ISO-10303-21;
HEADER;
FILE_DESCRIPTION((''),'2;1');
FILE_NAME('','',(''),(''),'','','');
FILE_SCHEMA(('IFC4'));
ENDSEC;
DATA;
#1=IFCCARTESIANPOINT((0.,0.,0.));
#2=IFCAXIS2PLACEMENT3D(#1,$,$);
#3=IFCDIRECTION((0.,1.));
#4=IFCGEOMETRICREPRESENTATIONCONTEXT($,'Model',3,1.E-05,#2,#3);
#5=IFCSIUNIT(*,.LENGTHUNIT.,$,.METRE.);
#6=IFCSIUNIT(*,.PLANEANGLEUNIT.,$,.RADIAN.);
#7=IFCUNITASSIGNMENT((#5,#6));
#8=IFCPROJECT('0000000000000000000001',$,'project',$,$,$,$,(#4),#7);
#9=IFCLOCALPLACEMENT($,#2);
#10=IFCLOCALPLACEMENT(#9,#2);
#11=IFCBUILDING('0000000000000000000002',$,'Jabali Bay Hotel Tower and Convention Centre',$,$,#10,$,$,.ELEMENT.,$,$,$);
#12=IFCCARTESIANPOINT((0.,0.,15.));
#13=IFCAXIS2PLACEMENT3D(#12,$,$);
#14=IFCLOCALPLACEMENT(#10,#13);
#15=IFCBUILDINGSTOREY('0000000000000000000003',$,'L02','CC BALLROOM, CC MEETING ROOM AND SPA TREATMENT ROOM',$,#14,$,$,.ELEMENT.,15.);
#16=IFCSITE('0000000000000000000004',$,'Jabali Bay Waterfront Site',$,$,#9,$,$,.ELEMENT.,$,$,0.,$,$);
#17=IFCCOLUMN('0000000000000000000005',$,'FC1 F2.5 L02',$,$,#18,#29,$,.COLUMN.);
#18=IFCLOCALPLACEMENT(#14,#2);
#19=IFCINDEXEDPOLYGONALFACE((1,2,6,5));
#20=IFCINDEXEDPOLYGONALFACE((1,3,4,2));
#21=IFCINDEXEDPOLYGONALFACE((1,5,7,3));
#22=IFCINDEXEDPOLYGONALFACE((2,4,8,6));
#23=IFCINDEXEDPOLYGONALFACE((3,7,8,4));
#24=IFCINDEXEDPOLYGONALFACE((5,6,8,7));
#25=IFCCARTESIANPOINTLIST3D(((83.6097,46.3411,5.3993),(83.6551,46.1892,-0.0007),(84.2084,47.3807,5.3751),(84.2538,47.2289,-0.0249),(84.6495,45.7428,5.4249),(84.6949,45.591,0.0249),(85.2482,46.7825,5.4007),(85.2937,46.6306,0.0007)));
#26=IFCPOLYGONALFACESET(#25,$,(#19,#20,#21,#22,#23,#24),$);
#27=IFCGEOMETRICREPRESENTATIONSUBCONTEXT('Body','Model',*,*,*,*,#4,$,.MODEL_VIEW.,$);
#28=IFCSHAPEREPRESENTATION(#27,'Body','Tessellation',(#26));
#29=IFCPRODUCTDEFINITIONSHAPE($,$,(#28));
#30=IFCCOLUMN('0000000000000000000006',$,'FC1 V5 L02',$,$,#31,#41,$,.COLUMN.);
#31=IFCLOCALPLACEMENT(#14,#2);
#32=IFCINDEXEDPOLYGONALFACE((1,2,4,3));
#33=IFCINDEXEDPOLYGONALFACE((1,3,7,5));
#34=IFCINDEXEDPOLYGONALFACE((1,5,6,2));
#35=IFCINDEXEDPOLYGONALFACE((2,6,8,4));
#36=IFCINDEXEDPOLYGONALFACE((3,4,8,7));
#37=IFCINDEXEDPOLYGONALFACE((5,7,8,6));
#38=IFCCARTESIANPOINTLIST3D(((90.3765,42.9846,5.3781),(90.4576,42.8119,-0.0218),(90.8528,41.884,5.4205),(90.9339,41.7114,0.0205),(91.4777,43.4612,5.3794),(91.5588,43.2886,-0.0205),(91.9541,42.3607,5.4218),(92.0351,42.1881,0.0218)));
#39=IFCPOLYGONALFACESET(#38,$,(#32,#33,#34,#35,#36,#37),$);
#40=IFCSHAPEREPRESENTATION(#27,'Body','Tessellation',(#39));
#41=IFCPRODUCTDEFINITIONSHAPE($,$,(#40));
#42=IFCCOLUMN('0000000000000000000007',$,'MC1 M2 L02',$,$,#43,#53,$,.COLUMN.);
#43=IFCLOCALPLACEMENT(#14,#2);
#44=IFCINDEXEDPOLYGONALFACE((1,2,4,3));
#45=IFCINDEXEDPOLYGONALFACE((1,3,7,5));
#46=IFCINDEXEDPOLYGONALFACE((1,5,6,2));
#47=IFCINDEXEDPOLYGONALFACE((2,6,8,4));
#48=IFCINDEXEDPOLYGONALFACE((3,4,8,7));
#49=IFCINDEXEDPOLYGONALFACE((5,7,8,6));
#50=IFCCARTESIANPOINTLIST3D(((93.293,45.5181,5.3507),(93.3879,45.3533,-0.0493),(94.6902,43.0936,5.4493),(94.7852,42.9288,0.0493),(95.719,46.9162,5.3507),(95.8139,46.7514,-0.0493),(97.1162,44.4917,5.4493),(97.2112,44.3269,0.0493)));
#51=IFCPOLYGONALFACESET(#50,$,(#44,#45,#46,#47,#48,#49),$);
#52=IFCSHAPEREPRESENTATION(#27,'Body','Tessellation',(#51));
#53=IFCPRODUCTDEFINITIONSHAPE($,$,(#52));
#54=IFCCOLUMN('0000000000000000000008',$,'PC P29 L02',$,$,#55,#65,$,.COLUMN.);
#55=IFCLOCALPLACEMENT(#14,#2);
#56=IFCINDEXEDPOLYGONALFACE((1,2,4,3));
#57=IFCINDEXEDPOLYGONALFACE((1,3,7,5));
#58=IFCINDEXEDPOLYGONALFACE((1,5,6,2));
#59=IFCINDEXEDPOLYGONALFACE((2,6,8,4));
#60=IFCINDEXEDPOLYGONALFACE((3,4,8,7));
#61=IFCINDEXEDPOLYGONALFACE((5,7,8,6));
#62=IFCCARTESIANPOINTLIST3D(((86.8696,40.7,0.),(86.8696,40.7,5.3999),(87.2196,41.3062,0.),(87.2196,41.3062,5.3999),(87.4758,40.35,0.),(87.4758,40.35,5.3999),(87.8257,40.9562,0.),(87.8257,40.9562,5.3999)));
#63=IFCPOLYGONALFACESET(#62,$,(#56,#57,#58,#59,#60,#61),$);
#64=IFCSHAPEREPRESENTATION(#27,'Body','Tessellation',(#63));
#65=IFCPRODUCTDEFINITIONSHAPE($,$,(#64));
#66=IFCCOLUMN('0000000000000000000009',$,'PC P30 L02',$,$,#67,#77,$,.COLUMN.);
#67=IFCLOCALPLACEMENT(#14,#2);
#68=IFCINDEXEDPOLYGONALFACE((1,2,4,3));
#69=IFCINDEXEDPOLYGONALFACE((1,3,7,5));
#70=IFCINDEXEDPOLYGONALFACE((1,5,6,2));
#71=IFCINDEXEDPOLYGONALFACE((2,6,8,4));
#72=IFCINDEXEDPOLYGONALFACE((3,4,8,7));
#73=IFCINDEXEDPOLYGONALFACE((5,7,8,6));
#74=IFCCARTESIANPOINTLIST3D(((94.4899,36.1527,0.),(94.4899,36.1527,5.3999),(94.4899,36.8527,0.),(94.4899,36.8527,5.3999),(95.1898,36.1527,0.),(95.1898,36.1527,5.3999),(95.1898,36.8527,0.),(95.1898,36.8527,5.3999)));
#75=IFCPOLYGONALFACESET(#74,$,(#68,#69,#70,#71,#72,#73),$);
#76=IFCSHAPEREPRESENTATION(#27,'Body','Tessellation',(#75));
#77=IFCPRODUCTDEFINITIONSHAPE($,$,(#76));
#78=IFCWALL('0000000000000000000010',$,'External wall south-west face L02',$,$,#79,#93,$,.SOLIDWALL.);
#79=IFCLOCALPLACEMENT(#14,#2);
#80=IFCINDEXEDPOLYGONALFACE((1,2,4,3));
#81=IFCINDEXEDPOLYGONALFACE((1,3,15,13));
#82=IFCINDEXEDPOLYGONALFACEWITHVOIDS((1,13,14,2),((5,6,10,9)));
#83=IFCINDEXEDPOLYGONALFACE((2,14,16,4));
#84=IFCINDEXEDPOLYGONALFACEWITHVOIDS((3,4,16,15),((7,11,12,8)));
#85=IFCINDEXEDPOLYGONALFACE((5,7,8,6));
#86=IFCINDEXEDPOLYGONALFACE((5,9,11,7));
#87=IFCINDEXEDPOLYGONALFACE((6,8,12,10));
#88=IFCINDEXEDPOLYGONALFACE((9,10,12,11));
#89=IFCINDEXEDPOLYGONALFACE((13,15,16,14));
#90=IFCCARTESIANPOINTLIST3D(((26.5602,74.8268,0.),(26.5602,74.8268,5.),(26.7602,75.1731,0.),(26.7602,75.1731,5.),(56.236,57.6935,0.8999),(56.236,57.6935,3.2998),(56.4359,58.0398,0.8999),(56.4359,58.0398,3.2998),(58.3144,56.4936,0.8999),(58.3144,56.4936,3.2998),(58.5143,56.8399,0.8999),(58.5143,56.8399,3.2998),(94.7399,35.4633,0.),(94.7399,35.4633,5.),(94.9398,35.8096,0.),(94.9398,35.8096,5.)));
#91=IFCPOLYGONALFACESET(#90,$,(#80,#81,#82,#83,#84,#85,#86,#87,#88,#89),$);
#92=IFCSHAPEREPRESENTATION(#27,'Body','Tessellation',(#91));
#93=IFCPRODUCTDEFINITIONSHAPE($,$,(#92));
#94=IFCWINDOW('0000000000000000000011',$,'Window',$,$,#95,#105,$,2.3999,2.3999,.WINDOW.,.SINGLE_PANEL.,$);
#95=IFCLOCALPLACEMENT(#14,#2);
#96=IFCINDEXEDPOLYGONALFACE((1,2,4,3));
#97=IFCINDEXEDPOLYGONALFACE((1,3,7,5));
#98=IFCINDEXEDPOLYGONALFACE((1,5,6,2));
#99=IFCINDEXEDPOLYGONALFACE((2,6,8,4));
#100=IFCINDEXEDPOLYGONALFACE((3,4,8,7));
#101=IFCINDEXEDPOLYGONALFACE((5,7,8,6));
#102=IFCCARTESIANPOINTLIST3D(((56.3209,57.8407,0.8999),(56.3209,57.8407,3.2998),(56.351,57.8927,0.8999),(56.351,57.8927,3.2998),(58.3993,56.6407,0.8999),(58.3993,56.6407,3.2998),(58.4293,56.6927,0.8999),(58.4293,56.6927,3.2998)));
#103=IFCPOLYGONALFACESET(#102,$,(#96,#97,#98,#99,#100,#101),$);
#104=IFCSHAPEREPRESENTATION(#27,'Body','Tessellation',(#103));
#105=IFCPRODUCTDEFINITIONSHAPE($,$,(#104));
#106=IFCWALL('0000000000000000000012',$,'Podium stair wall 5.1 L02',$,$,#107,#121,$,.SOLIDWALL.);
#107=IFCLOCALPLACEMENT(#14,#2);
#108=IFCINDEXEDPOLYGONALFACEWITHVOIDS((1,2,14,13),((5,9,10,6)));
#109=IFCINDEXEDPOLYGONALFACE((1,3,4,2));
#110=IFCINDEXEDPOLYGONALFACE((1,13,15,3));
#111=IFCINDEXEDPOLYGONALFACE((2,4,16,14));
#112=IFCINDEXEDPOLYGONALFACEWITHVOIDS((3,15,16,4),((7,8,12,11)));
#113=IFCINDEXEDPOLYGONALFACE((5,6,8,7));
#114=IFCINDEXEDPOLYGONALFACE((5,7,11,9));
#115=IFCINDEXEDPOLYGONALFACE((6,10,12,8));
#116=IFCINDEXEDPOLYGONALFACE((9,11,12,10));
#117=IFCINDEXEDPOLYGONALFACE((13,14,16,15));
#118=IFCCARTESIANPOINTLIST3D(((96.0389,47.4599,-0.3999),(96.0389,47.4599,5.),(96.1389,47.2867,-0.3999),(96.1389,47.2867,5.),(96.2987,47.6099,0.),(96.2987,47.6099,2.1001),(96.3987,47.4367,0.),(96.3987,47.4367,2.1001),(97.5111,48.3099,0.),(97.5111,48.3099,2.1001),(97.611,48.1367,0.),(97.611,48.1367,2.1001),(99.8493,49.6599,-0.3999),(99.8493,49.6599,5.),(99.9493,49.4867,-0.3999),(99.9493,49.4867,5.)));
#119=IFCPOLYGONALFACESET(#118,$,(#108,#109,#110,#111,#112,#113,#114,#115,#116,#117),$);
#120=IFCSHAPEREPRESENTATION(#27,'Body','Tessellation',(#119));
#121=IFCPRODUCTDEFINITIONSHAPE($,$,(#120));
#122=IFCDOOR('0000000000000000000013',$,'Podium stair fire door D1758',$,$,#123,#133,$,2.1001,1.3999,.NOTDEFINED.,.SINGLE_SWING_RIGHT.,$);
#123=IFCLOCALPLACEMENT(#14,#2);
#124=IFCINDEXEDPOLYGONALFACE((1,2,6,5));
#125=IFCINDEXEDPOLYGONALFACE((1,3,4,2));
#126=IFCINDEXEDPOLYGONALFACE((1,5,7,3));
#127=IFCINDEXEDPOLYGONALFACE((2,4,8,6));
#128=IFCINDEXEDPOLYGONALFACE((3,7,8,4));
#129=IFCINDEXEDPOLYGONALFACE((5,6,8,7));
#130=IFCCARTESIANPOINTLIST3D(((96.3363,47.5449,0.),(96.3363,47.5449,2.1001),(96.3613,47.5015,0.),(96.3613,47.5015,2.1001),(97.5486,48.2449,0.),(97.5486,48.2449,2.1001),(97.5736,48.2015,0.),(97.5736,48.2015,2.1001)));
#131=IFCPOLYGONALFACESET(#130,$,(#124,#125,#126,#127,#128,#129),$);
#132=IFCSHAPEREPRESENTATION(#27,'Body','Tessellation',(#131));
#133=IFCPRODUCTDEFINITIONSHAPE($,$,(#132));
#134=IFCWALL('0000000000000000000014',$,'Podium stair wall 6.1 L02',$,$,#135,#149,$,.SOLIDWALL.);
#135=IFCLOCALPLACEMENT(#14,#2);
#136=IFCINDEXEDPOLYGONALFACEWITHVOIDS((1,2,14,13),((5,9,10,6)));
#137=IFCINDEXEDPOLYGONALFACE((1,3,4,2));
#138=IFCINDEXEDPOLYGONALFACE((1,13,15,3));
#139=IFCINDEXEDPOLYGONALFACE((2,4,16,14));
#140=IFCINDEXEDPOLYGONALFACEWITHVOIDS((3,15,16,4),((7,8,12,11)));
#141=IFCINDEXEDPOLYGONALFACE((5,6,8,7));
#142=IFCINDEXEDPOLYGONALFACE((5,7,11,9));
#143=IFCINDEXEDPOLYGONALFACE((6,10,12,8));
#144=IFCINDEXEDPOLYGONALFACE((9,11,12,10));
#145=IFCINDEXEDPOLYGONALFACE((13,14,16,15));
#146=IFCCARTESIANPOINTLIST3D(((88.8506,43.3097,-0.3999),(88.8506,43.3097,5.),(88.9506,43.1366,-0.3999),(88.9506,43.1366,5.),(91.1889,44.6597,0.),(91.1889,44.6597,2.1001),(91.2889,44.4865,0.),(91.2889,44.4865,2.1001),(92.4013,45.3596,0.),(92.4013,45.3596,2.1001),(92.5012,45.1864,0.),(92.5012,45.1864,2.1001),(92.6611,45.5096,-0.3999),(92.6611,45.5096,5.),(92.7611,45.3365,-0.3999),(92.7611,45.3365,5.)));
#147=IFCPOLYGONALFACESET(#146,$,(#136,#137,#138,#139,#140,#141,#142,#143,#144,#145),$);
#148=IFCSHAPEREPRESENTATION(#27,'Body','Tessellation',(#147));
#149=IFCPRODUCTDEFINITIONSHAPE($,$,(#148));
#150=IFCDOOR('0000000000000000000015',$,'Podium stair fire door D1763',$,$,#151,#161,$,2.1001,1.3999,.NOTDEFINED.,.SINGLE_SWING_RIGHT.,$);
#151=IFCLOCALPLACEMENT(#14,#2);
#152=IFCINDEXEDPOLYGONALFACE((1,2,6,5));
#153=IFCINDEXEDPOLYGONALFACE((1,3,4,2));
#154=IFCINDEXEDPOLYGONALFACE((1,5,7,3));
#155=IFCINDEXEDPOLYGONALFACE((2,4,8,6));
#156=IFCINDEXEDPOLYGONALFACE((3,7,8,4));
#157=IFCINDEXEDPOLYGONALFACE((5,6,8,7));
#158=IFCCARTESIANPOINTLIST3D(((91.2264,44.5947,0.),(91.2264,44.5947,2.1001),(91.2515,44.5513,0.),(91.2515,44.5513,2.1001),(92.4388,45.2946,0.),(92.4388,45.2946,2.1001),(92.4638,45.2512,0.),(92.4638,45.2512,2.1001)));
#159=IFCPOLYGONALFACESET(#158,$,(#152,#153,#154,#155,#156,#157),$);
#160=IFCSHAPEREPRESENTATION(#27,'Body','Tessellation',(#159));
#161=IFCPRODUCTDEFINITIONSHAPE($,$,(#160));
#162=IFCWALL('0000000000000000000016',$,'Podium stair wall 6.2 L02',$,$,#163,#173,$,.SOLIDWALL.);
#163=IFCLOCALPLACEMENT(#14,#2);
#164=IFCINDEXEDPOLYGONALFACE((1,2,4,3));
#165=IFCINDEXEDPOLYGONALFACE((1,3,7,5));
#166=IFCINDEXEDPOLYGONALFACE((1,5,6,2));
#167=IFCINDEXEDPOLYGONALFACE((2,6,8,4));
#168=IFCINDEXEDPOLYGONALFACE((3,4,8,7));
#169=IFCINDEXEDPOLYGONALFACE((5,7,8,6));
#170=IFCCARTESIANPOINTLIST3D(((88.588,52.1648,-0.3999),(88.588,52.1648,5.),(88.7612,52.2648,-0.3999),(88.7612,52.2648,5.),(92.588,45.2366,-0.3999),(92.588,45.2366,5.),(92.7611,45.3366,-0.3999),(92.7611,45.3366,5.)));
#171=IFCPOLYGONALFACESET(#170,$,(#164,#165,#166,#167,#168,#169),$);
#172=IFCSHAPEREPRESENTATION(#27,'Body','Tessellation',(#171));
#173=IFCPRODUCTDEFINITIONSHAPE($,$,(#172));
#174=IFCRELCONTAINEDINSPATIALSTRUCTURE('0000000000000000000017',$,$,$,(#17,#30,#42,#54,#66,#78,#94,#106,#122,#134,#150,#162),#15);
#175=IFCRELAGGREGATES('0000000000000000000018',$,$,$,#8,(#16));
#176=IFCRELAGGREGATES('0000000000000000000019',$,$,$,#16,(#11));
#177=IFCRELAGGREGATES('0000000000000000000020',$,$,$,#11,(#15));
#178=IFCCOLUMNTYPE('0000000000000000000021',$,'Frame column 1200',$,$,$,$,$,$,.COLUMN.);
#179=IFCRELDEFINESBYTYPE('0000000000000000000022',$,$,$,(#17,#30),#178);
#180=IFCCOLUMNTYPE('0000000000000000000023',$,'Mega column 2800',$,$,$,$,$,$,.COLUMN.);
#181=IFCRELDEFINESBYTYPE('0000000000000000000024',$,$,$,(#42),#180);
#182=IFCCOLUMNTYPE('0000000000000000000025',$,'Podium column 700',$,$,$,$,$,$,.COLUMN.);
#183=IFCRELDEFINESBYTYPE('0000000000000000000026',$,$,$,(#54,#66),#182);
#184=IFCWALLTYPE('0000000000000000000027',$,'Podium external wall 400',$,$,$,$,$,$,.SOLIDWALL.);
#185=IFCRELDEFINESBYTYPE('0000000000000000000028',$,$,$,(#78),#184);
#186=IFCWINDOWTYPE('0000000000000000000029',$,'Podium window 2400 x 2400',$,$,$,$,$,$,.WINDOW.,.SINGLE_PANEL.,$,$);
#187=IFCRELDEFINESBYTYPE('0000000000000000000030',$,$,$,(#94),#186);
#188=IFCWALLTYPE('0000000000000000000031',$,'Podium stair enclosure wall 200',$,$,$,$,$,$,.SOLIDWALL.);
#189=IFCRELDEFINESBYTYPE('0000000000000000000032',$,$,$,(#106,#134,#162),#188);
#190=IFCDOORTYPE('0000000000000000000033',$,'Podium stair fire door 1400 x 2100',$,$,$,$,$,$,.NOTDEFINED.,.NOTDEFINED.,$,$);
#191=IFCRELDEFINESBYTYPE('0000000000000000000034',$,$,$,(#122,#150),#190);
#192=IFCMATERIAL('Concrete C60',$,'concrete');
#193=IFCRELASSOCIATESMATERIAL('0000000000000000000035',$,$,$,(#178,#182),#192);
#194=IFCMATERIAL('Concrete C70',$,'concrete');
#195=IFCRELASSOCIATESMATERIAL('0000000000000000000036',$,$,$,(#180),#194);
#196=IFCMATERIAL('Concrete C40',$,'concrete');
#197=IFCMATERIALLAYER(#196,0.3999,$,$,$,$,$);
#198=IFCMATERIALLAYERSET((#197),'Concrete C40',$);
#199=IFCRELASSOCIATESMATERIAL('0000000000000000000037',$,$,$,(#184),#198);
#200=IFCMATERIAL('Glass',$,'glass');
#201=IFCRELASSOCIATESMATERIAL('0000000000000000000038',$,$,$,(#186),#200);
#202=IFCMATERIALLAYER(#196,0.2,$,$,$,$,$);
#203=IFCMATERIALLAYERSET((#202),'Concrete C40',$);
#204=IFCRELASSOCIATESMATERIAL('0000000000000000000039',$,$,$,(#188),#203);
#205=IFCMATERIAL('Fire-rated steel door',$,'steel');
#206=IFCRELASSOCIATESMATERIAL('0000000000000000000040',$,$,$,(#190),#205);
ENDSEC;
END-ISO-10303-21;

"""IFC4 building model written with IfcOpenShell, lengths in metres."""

from ifc_helpers import new_model, si_unit, direction, frame, frame_2d, origin, origin_2d, place, context, subcontext, project, spatial, rectangle, extrude, material, layer, layer_set, material_profile, profile_set, type_object, element, fill, save


model = new_model("IFC4")

# Units and contexts
model_context = context("Model", 3, precision=1e-05, world=origin(), true_north=direction((0.0, 1.0)))
body_context = subcontext(model_context, "Body", "Model", "MODEL_VIEW")
ifc_project = project(units=[si_unit("LENGTHUNIT", "METRE"), si_unit("PLANEANGLEUNIT", "RADIAN")], contexts=[model_context])

# Site, building, storey
site_placement = place(None, origin())
site = spatial("IfcSite", under=ifc_project, at=site_placement, Name="Jabali Bay Waterfront Site", CompositionType="ELEMENT", RefElevation=0.0)
building_placement = place(site_placement, origin())
building = spatial("IfcBuilding", under=site, at=building_placement, Name="Jabali Bay Hotel Tower and Convention Centre", CompositionType="ELEMENT")
storey_placement = place(building_placement, frame((0.0, 0.0, 15.0)))
storey = spatial("IfcBuildingStorey", under=building, at=storey_placement, Name="L02", Description="CC BALLROOM, CC MEETING ROOM AND SPA TREATMENT ROOM", CompositionType="ELEMENT", Elevation=15.0)

# Columns
ifc_material_1 = material(Name="Concrete C60", Category="concrete")
ifc_material_profile_1 = material_profile(ifc_material_1, rectangle(XDim=1.2, YDim=1.2, at=origin_2d()), Name="Frame column 1200")
ifc_profile_set_1 = profile_set([ifc_material_profile_1], Name="Concrete C60")
column_type_1 = type_object("IfcColumnType", Name="Frame column 1200", PredefinedType="COLUMN", material=ifc_profile_set_1)
column_1_placement = place(storey_placement, frame((84.4744, 46.4099, 0.0), z_axis=(-0.008406, 0.02811, 0.999569), x_axis=(-0.498951, -0.866395, 0.020169)))
element("IfcColumn", 1, at=column_1_placement, inside=storey, type_object=column_type_1, Name="FC1 F2.5 L02", PredefinedType="COLUMN", context=body_context, shape_type="SweptSolid", body=[
    extrude(rectangle(XDim=1.2, YDim=1.2, at=origin_2d()), origin(), (0.0, 0.0, 1.0), 5.4023),
])
column_2_placement = place(storey_placement, frame((91.2463, 42.5, 0.0), z_axis=(-0.015001, 0.031945, 0.999377), x_axis=(0.396953, -0.917161, 0.035275)))
element("IfcColumn", 2, at=column_2_placement, inside=storey, type_object=column_type_1, Name="FC1 V5 L02", PredefinedType="COLUMN", context=body_context, shape_type="SweptSolid", body=[
    extrude(rectangle(XDim=1.2, YDim=1.2, at=origin_2d()), origin(), (0.0, 0.0, 1.0), 5.4033),
])
ifc_material_2 = material(Name="Concrete C70", Category="concrete")
ifc_material_profile_2 = material_profile(ifc_material_2, rectangle(XDim=2.8, YDim=2.8, at=origin_2d()), Name="Mega column 2800")
ifc_profile_set_2 = profile_set([ifc_material_profile_2], Name="Concrete C70")
column_type_2 = type_object("IfcColumnType", Name="Mega column 2800", PredefinedType="COLUMN", material=ifc_profile_set_2)
column_3_placement = place(storey_placement, frame((95.2996, 44.8401, 0.0), z_axis=(-0.017577, 0.030499, 0.99938), x_axis=(-0.866418, -0.499319, 0.0)))
element("IfcColumn", 3, at=column_3_placement, inside=storey, type_object=column_type_2, Name="MC1 M2 L02", PredefinedType="COLUMN", context=body_context, shape_type="SweptSolid", body=[
    extrude(rectangle(XDim=2.8, YDim=2.8, at=origin_2d()), origin(), (0.0, 0.0, 1.0), 5.4033),
])
ifc_material_profile_3 = material_profile(ifc_material_1, rectangle(XDim=0.7, YDim=0.7, at=origin_2d()), Name="Podium column 700")
ifc_profile_set_3 = profile_set([ifc_material_profile_3], Name="Concrete C60")
column_type_3 = type_object("IfcColumnType", Name="Podium column 700", PredefinedType="COLUMN", material=ifc_profile_set_3)
for number, where, z_axis, x_axis, name in (
    (4, (87.3477, 40.8281, 0.0), (0.0, 0.0, 1.0), (0.5, 0.866025, 0.0), "PC P29 L02"),
    (5, (94.8398, 36.5027, 0.0), (0.0, 0.0, 1.0), (1.0, 0.0, 0.0), "PC P30 L02"),
):
    element("IfcColumn", number, at=place(storey_placement, frame(where, z_axis=z_axis, x_axis=x_axis)), inside=storey, type_object=column_type_3, Name=name, PredefinedType="COLUMN", context=body_context, shape_type="SweptSolid", body=[
        extrude(rectangle(XDim=0.7, YDim=0.7, at=origin_2d()), origin(), (0.0, 0.0, 1.0), 5.3999),
    ])

# Wall, opening, window
ifc_material_3 = material(Name="Concrete C40", Category="concrete")
ifc_layer_1 = layer(ifc_material_3, 0.3999)
ifc_layer_set_1 = layer_set([ifc_layer_1], Name="Concrete C40")
wall_type_1 = type_object("IfcWallType", Name="Podium external wall 400", PredefinedType="SOLIDWALL", material=ifc_layer_set_1)
wall_1_placement = place(storey_placement, frame((94.8398, 35.6365, 0.0), z_axis=(0.0, 0.0, 1.0), x_axis=(-0.866026, 0.5, 0.0)))
wall_1 = element("IfcWall", 6, at=wall_1_placement, inside=storey, type_object=wall_type_1, Name="External wall south-west face L02", PredefinedType="SOLIDWALL", context=body_context, shape_type="SweptSolid", body=[
    extrude(rectangle(XDim=78.7271, YDim=0.3999, at=frame_2d((39.3635, 0.0))), origin(), (0.0, 0.0, 1.0), 5.0),
])
opening_1_placement = place(wall_1_placement, frame((42.0605, 0.0, 0.8999)))
opening_1 = element("IfcOpeningElement", 7, at=opening_1_placement, cuts=wall_1, PredefinedType="OPENING", context=body_context, shape_type="SweptSolid", body=[
    extrude(rectangle(XDim=2.3999, YDim=2.3999, at=frame_2d((1.2, 1.2))), frame((0.0, 0.2104, 0.0), z_axis=(0.0, -1.0, 0.0), x_axis=(1.0, 0.0, 0.0)), (0.0, 0.0, 1.0), 0.4209),
])
ifc_material_4 = material(Name="Glass", Category="glass")
window_type = type_object("IfcWindowType", Name="Podium window 2400 x 2400", PartitioningType="SINGLE_PANEL", PredefinedType="WINDOW", material=ifc_material_4)
window_placement = place(opening_1_placement, origin())
window = element("IfcWindow", 8, at=window_placement, inside=storey, type_object=window_type, Name="Window", OverallHeight=2.3999, OverallWidth=2.3999, PartitioningType="SINGLE_PANEL", PredefinedType="WINDOW", context=body_context, shape_type="SweptSolid", body=[
    extrude(rectangle(XDim=2.3999, YDim=2.3999, at=frame_2d((1.2, 1.2))), frame((0.0, 0.03, 0.0), z_axis=(0.0, -1.0, 0.0), x_axis=(1.0, 0.0, 0.0)), (0.0, 0.0, 1.0), 0.0601),
])
fill(opening_1, window)

# Walls, openings, doors
ifc_layer_2 = layer(ifc_material_3, 0.2)
ifc_layer_set_2 = layer_set([ifc_layer_2], Name="Concrete C40")
wall_type_2 = type_object("IfcWallType", Name="Podium stair enclosure wall 200", PredefinedType="SOLIDWALL", material=ifc_layer_set_2)
wall_2_placement = place(storey_placement, frame((96.0889, 47.3733, -0.3999), z_axis=(0.0, 0.0, 1.0), x_axis=(0.866018, 0.500012, 0.0)))
wall_2 = element("IfcWall", 9, at=wall_2_placement, inside=storey, type_object=wall_type_2, Name="Podium stair wall 5.1 L02", PredefinedType="SOLIDWALL", context=body_context, shape_type="SweptSolid", body=[
    extrude(rectangle(XDim=4.3999, YDim=0.2, at=frame_2d((2.2, 0.0))), origin(), (0.0, 0.0, 1.0), 5.3999),
])
opening_2_placement = place(wall_2_placement, frame((0.3, 0.0, 0.3999)))
opening_2 = element("IfcOpeningElement", 10, at=opening_2_placement, cuts=wall_2, PredefinedType="OPENING", context=body_context, shape_type="SweptSolid", body=[
    extrude(rectangle(XDim=1.3999, YDim=2.1001, at=frame_2d((0.7, 1.05))), frame((0.0, 0.1104, 0.0), z_axis=(0.0, -1.0, 0.0), x_axis=(1.0, 0.0, 0.0)), (0.0, 0.0, 1.0), 0.2209),
])
ifc_material_5 = material(Name="Fire-rated steel door", Category="steel")
door_type = type_object("IfcDoorType", Name="Podium stair fire door 1400 x 2100", OperationType="NOTDEFINED", PredefinedType="NOTDEFINED", material=ifc_material_5)
door_1_placement = place(opening_2_placement, origin())
door_1 = element("IfcDoor", 11, at=door_1_placement, inside=storey, type_object=door_type, Name="Podium stair fire door D1758", OperationType="SINGLE_SWING_RIGHT", OverallHeight=2.1001, OverallWidth=1.3999, PredefinedType="NOTDEFINED", context=body_context, shape_type="SweptSolid", body=[
    extrude(rectangle(XDim=1.3999, YDim=2.1001, at=frame_2d((0.7, 1.05))), frame((0.0, 0.0249, 0.0), z_axis=(0.0, -1.0, 0.0), x_axis=(1.0, 0.0, 0.0)), (0.0, 0.0, 1.0), 0.05),
])
fill(opening_2, door_1)
wall_3_placement = place(storey_placement, frame((88.9006, 43.2231, -0.3999), z_axis=(0.0, 0.0, 1.0), x_axis=(0.866032, 0.499988, 0.0)))
wall_3 = element("IfcWall", 12, at=wall_3_placement, inside=storey, type_object=wall_type_2, Name="Podium stair wall 6.1 L02", PredefinedType="SOLIDWALL", context=body_context, shape_type="SweptSolid", body=[
    extrude(rectangle(XDim=4.3999, YDim=0.2, at=frame_2d((2.2, 0.0))), origin(), (0.0, 0.0, 1.0), 5.3999),
])
opening_3_placement = place(wall_3_placement, frame((2.7, 0.0, 0.3999)))
opening_3 = element("IfcOpeningElement", 13, at=opening_3_placement, cuts=wall_3, PredefinedType="OPENING", context=body_context, shape_type="SweptSolid", body=[
    extrude(rectangle(XDim=1.3999, YDim=2.1001, at=frame_2d((0.7, 1.05))), frame((0.0, 0.1104, 0.0), z_axis=(0.0, -1.0, 0.0), x_axis=(1.0, 0.0, 0.0)), (0.0, 0.0, 1.0), 0.2209),
])
door_2_placement = place(opening_3_placement, origin())
door_2 = element("IfcDoor", 14, at=door_2_placement, inside=storey, type_object=door_type, Name="Podium stair fire door D1763", OperationType="SINGLE_SWING_RIGHT", OverallHeight=2.1001, OverallWidth=1.3999, PredefinedType="NOTDEFINED", context=body_context, shape_type="SweptSolid", body=[
    extrude(rectangle(XDim=1.3999, YDim=2.1001, at=frame_2d((0.7, 1.05))), frame((0.0, 0.0249, 0.0), z_axis=(0.0, -1.0, 0.0), x_axis=(1.0, 0.0, 0.0)), (0.0, 0.0, 1.0), 0.05),
])
fill(opening_3, door_2)

# Wall
wall_4_placement = place(storey_placement, frame((92.6746, 45.2866, -0.3999), z_axis=(0.0, 0.0, 1.0), x_axis=(-0.499999, 0.866026, 0.0)))
element("IfcWall", 15, at=wall_4_placement, inside=storey, type_object=wall_type_2, Name="Podium stair wall 6.2 L02", PredefinedType="SOLIDWALL", context=body_context, shape_type="SweptSolid", body=[
    extrude(rectangle(XDim=8.0, YDim=0.2, at=frame_2d((4.0, 0.0))), origin(), (0.0, 0.0, 1.0), 5.3999),
])

save(model, "model.ifc")
